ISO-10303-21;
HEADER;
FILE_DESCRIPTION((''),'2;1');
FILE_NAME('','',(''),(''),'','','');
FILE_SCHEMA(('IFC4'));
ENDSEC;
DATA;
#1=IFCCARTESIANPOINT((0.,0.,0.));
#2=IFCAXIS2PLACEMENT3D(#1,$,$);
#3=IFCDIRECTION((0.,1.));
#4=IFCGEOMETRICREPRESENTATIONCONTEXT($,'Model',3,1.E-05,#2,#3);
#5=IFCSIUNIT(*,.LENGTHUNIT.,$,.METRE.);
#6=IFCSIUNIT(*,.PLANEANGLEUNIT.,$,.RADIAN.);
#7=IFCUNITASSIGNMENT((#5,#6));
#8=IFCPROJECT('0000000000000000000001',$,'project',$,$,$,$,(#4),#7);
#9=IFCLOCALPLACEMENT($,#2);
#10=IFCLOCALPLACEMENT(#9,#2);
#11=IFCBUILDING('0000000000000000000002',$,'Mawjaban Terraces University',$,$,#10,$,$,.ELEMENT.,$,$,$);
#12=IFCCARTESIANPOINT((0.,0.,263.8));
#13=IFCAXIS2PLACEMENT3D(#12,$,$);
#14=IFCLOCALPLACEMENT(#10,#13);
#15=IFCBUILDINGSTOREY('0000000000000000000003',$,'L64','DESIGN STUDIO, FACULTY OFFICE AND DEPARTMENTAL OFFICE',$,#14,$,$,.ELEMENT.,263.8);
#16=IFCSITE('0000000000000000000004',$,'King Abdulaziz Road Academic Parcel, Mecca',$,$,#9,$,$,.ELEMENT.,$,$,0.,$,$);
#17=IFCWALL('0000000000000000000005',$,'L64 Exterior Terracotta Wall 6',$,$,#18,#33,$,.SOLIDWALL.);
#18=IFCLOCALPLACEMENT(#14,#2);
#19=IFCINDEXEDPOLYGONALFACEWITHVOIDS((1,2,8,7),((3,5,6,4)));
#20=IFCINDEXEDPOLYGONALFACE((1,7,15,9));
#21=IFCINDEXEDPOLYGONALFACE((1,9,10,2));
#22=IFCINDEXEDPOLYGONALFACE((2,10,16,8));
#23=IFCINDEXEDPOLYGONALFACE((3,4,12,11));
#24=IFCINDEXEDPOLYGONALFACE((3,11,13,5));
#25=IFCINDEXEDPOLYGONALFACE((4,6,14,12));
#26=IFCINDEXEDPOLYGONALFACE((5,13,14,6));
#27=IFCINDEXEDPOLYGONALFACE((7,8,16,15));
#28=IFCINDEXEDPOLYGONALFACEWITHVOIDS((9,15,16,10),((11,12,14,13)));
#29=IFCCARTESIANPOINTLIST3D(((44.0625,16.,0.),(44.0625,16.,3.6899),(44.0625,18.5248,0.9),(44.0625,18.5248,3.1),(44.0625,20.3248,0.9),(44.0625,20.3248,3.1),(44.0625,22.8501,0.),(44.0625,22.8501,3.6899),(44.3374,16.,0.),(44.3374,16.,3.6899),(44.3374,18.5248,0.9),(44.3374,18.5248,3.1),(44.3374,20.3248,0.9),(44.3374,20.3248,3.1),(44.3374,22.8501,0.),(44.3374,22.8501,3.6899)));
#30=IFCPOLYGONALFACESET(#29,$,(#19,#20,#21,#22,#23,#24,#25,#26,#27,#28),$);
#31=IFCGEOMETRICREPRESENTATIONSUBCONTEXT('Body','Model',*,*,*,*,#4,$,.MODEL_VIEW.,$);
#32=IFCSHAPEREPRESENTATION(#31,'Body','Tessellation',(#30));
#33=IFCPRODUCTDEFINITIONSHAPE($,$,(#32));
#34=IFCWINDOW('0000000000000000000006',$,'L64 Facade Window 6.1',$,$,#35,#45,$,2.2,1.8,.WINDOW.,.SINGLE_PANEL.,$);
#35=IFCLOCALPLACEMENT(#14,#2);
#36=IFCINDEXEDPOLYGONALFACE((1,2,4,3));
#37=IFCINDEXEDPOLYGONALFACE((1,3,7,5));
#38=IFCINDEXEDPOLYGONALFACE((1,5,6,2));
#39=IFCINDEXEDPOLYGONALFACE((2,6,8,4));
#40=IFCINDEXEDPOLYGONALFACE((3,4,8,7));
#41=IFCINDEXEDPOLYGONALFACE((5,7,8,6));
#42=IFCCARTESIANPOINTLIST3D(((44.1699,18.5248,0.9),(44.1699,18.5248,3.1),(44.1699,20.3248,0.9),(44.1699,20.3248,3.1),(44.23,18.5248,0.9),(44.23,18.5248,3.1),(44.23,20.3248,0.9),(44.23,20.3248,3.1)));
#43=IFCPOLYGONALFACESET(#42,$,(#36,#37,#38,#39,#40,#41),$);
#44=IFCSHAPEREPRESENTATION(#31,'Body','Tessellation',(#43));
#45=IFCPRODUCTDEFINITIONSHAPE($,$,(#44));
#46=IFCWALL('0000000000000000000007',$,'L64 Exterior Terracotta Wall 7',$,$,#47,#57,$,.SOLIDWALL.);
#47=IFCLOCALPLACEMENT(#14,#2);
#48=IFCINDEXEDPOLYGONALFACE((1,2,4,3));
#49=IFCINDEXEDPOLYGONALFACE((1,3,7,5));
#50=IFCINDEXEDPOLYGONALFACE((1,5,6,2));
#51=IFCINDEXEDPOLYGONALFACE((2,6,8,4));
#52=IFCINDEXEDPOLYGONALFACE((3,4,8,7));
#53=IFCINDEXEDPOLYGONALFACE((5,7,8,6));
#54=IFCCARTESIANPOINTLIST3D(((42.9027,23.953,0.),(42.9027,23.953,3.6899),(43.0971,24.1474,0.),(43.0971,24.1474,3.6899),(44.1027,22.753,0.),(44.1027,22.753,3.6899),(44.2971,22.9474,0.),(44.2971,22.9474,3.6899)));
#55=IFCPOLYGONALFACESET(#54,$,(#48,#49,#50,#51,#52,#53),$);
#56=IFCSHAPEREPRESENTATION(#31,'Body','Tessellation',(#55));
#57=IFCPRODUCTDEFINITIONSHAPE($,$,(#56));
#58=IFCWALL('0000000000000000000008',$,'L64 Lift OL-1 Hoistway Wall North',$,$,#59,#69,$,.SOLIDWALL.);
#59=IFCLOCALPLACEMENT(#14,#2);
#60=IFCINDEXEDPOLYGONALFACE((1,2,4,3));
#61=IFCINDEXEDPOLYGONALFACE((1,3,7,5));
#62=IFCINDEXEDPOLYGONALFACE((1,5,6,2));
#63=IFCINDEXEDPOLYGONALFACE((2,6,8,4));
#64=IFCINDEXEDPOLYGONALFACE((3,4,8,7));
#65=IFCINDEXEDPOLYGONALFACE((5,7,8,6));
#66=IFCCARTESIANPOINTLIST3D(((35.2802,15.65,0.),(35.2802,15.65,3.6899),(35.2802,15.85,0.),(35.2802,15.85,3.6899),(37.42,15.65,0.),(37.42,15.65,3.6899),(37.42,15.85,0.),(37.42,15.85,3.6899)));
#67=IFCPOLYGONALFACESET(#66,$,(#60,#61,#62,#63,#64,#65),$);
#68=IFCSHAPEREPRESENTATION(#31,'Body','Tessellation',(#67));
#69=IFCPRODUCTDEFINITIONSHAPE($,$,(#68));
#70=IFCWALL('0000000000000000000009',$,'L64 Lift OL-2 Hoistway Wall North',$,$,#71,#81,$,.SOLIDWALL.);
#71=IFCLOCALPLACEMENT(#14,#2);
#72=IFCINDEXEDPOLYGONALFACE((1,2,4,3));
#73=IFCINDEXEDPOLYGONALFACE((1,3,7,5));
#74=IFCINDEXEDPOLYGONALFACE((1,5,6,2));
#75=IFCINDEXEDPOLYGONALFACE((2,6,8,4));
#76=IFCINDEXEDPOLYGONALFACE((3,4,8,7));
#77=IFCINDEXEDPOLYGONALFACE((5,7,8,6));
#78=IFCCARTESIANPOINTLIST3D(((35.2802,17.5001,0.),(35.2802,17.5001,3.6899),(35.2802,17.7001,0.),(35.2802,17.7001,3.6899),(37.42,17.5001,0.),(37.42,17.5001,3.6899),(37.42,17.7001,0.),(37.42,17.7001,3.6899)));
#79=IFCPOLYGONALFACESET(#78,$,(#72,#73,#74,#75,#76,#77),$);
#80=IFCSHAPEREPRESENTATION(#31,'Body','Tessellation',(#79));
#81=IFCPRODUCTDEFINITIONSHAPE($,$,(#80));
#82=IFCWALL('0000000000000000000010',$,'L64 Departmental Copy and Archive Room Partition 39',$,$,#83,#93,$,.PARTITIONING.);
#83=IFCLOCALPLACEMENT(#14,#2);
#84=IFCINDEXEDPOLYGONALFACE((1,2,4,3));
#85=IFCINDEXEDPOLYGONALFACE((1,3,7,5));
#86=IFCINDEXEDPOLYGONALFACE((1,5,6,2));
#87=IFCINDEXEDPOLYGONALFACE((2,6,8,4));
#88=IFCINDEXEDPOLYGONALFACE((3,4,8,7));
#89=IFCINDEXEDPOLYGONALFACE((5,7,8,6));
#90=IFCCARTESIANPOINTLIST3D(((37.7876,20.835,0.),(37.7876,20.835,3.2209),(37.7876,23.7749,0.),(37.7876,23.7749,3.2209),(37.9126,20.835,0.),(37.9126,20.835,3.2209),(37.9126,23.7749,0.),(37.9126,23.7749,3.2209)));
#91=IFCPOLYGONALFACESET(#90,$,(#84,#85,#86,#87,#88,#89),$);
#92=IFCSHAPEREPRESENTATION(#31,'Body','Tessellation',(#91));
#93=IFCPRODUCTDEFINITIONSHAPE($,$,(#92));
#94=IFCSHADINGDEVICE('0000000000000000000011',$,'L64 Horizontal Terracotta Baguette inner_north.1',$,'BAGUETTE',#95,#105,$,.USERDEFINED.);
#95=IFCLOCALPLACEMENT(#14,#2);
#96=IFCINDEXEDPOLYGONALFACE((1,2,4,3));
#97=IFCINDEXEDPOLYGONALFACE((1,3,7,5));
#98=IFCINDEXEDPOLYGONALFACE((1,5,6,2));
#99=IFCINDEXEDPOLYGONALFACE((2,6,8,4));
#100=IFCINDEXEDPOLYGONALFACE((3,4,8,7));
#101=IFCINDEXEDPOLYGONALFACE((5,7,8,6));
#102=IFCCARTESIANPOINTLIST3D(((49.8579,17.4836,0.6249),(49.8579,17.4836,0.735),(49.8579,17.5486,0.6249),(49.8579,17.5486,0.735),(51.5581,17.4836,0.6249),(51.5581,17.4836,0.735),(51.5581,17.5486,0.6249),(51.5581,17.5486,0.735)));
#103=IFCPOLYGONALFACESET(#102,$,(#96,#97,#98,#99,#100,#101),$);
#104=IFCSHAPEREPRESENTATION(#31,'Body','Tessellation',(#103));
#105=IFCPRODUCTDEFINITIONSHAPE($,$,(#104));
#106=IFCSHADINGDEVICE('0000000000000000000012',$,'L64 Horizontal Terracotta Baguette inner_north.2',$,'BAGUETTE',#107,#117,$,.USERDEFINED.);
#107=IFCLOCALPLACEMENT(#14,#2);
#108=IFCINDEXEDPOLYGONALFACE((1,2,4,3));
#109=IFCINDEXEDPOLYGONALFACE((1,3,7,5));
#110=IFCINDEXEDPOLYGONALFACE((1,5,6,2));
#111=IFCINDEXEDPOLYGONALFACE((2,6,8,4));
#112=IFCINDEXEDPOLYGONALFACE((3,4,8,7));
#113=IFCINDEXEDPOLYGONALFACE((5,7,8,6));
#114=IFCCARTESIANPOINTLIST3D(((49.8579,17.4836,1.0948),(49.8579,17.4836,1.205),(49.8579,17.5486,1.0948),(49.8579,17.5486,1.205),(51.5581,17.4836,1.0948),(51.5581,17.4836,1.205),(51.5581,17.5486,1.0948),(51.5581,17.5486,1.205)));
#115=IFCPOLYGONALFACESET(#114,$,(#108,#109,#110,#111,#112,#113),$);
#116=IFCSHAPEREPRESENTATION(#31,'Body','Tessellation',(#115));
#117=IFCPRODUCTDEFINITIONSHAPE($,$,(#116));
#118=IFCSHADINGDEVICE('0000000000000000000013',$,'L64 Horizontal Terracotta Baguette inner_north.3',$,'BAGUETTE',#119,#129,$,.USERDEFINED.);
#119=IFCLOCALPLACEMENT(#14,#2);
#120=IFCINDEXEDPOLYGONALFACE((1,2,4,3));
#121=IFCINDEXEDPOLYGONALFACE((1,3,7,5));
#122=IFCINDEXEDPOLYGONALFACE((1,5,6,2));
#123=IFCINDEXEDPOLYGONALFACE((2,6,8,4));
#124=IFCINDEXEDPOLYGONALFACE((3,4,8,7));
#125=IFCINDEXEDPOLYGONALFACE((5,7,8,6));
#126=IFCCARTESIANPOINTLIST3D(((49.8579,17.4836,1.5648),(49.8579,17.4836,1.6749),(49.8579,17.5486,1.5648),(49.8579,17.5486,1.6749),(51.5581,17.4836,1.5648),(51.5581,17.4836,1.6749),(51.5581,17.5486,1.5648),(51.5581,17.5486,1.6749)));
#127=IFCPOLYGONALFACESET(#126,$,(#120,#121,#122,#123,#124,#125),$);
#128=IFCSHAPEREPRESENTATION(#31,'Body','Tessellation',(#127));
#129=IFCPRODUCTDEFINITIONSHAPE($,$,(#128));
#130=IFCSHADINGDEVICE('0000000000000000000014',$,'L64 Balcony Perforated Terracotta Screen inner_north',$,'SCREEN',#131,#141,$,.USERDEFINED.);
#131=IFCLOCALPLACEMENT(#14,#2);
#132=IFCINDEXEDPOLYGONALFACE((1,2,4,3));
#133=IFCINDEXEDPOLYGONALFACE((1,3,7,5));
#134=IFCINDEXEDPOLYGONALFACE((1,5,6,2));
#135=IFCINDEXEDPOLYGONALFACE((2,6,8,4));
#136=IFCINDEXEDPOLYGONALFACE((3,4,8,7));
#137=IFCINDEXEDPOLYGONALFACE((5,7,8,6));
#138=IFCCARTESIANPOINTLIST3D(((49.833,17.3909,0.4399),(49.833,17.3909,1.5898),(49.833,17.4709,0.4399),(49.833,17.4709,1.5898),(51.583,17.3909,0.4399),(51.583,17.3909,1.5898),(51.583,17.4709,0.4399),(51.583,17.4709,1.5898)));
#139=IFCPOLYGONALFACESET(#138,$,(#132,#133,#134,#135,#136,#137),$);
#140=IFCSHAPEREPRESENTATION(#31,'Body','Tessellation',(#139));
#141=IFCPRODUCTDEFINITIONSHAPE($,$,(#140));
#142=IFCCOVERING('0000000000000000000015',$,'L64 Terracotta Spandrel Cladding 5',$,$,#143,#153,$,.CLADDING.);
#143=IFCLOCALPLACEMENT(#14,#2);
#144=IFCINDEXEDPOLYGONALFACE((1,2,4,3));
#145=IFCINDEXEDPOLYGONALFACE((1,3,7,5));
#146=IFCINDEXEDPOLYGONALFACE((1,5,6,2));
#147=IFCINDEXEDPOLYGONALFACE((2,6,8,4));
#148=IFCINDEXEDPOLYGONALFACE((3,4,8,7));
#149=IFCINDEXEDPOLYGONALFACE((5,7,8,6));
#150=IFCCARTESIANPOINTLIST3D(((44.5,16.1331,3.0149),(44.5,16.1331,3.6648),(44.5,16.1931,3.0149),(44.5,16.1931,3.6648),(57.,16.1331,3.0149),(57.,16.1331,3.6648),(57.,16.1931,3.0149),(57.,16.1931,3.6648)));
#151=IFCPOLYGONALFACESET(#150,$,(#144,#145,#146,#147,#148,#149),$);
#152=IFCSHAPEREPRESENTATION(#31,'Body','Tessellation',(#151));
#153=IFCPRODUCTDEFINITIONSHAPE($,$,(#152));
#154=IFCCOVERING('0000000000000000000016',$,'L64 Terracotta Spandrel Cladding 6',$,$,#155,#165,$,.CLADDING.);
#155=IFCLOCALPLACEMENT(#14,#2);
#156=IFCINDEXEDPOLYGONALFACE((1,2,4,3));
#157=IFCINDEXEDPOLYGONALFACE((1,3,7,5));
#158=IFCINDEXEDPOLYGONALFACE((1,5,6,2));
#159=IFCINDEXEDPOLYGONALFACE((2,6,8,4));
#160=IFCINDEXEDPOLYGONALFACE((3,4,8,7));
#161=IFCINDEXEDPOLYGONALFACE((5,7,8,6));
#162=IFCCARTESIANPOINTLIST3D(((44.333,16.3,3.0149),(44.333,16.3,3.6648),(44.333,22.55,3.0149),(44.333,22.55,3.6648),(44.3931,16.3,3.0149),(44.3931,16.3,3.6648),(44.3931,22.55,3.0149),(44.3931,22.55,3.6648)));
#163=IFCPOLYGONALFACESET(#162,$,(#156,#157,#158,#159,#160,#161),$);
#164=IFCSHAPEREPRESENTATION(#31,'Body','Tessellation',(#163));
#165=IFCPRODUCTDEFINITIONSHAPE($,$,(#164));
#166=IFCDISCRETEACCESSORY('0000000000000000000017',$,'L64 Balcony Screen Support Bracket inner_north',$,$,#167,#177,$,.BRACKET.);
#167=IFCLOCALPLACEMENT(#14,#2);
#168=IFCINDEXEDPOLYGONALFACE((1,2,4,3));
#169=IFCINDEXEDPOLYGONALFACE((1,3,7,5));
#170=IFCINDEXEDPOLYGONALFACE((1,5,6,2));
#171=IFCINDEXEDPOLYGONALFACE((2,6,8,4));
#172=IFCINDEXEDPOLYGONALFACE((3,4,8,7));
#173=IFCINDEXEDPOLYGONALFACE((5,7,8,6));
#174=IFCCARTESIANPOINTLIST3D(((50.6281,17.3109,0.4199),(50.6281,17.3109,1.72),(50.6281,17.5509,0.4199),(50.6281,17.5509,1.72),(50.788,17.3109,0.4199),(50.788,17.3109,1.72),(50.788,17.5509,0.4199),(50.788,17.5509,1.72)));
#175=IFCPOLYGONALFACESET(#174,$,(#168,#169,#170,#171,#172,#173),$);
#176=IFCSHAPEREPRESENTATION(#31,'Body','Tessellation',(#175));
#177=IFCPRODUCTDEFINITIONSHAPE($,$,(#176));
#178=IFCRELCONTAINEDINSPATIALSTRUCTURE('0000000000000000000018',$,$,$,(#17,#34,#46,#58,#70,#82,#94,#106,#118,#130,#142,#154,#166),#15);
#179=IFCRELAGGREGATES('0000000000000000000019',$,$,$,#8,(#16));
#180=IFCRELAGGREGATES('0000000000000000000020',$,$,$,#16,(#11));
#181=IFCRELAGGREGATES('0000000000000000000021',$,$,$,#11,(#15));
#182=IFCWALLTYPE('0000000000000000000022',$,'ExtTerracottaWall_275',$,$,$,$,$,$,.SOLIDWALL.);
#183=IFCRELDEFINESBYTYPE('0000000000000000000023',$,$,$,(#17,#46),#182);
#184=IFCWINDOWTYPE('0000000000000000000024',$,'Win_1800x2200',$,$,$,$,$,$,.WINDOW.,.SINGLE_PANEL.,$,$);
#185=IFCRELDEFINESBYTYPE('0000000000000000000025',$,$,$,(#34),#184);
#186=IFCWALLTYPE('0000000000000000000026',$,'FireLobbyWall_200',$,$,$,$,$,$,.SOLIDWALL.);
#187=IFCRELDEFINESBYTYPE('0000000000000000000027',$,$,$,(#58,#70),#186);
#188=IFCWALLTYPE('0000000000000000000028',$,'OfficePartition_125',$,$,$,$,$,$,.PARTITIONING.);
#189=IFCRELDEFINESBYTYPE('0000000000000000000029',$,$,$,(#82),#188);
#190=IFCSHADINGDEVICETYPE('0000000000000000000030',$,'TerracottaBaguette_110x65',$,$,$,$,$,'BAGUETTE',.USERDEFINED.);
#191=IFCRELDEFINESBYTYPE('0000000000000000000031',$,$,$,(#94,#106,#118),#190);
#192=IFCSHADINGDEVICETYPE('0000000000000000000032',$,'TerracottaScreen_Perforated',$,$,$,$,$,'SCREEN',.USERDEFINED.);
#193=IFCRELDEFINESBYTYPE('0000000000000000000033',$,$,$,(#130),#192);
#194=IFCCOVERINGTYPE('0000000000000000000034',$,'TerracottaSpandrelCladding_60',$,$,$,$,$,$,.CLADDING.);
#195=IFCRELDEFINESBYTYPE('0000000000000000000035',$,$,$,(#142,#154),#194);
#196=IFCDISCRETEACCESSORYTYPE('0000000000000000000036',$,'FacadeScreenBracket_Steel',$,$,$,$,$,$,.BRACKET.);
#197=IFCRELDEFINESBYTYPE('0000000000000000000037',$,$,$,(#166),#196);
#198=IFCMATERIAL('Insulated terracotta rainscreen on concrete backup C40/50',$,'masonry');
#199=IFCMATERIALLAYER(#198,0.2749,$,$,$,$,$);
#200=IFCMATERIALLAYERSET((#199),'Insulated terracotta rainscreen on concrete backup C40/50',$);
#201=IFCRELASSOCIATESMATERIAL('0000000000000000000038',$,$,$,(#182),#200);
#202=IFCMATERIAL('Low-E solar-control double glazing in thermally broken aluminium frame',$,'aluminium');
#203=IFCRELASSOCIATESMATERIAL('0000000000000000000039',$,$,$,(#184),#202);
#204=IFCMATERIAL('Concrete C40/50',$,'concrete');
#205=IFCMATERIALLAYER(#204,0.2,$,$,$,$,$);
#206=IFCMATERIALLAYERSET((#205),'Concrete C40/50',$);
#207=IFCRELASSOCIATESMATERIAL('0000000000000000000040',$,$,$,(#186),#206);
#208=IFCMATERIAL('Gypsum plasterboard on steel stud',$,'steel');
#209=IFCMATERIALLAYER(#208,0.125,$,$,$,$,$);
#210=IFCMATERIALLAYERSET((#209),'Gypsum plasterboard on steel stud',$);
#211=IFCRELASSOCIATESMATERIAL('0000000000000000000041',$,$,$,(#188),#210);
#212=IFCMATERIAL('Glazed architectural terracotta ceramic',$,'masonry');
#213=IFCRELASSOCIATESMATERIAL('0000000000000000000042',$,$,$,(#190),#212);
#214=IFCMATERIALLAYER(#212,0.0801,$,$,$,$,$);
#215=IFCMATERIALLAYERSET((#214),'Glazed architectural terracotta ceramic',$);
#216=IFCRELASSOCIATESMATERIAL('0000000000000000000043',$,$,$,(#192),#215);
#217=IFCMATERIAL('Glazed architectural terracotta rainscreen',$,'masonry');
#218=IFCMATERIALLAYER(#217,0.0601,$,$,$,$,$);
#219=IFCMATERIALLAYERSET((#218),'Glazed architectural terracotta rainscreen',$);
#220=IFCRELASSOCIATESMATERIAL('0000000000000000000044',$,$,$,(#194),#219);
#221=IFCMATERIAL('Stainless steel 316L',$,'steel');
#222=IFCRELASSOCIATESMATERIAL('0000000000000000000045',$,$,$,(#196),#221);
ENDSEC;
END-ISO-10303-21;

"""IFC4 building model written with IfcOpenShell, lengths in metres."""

from ifc_helpers import new_model, si_unit, direction, frame, frame_2d, origin, origin_2d, place, context, subcontext, project, spatial, rectangle, extrude, material, layer, layer_set, material_profile, profile_set, type_object, element, fill, save


model = new_model("IFC4")

# Units and contexts
model_context = context("Model", 3, precision=1e-05, world=origin(), true_north=direction((0.0, 1.0)))
body_context = subcontext(model_context, "Body", "Model", "MODEL_VIEW")
ifc_project = project(units=[si_unit("LENGTHUNIT", "METRE"), si_unit("PLANEANGLEUNIT", "RADIAN")], contexts=[model_context])

# Site, building, storey
site_placement = place(None, origin())
site = spatial("IfcSite", under=ifc_project, at=site_placement, Name="King Abdulaziz Road Academic Parcel, Mecca", CompositionType="ELEMENT", RefElevation=0.0)
building_placement = place(site_placement, origin())
building = spatial("IfcBuilding", under=site, at=building_placement, Name="Mawjaban Terraces University", CompositionType="ELEMENT")
storey_placement = place(building_placement, frame((0.0, 0.0, 263.8)))
storey = spatial("IfcBuildingStorey", under=building, at=storey_placement, Name="L64", Description="DESIGN STUDIO, FACULTY OFFICE AND DEPARTMENTAL OFFICE", CompositionType="ELEMENT", Elevation=263.8)

# Shared definitions
ifc_material_1 = material(Name="Insulated terracotta rainscreen on concrete backup C40/50", Category="masonry")
ifc_layer_1 = layer(ifc_material_1, 0.2749)
ifc_layer_set_1 = layer_set([ifc_layer_1], Name="Insulated terracotta rainscreen on concrete backup C40/50")
wall_type_1 = type_object("IfcWallType", Name="ExtTerracottaWall_275", PredefinedType="SOLIDWALL", material=ifc_layer_set_1)
ifc_material_2 = material(Name="Low-E solar-control double glazing in thermally broken aluminium frame", Category="aluminium")

# Wall, opening, window
wall_1_placement = place(storey_placement, frame((44.2, 16.0, 0.0), z_axis=(0.0, 0.0, 1.0), x_axis=(0.0, 1.0, 0.0)))
wall_1 = element("IfcWall", 1, at=wall_1_placement, inside=storey, type_object=wall_type_1, Name="L64 Exterior Terracotta Wall 6", PredefinedType="SOLIDWALL", context=body_context, shape_type="SweptSolid", body=[
    extrude(rectangle(XDim=6.8501, YDim=0.2749, at=frame_2d((3.425, 0.0))), origin(), (0.0, 0.0, 1.0), 3.6899),
])
opening_1_placement = place(wall_1_placement, frame((2.5249, 0.0, 0.8999)))
opening_1 = element("IfcOpeningElement", 2, at=opening_1_placement, cuts=wall_1, PredefinedType="OPENING", context=body_context, shape_type="SweptSolid", body=[
    extrude(rectangle(XDim=1.8, YDim=2.2, at=frame_2d((0.8999, 1.1001))), frame((0.0, 0.1475, 0.0), z_axis=(0.0, -1.0, 0.0), x_axis=(1.0, 0.0, 0.0)), (0.0, 0.0, 1.0), 0.2949),
])
window_type_1 = type_object("IfcWindowType", Name="Win_1800x2200", PartitioningType="SINGLE_PANEL", PredefinedType="WINDOW", material=ifc_material_2)
window_1_placement = place(opening_1_placement, origin())
window_1 = element("IfcWindow", 3, at=window_1_placement, inside=storey, type_object=window_type_1, Name="L64 Facade Window 6.1", OverallHeight=2.2, OverallWidth=1.8, PartitioningType="SINGLE_PANEL", PredefinedType="WINDOW", context=body_context, shape_type="SweptSolid", body=[
    extrude(rectangle(XDim=1.8, YDim=2.2, at=frame_2d((0.8999, 1.1001))), frame((0.0, 0.03, 0.0), z_axis=(0.0, -1.0, 0.0), x_axis=(1.0, 0.0, 0.0)), (0.0, 0.0, 1.0), 0.0601),
])
fill(opening_1, window_1)

# Walls
wall_2_placement = place(storey_placement, frame((44.2, 22.8501, 0.0), z_axis=(0.0, 0.0, 1.0), x_axis=(-0.707107, 0.707107, 0.0)))
element("IfcWall", 4, at=wall_2_placement, inside=storey, type_object=wall_type_1, Name="L64 Exterior Terracotta Wall 7", PredefinedType="SOLIDWALL", context=body_context, shape_type="SweptSolid", body=[
    extrude(rectangle(XDim=1.697, YDim=0.2749, at=frame_2d((0.8486, 0.0))), origin(), (0.0, 0.0, 1.0), 3.6899),
])
ifc_material_3 = material(Name="Concrete C40/50", Category="concrete")
ifc_layer_2 = layer(ifc_material_3, 0.2)
ifc_layer_set_2 = layer_set([ifc_layer_2], Name="Concrete C40/50")
wall_type_2 = type_object("IfcWallType", Name="FireLobbyWall_200", PredefinedType="SOLIDWALL", material=ifc_layer_set_2)
for number, where, z_axis, x_axis, name in (
    (5, (37.4199, 15.75, 0.0), (0.0, 0.0, 1.0), (-1.0, 0.0, 0.0), "L64 Lift OL-1 Hoistway Wall North"),
    (6, (37.4199, 17.6001, 0.0), (0.0, 0.0, 1.0), (-1.0, 0.0, 0.0), "L64 Lift OL-2 Hoistway Wall North"),
):
    element("IfcWall", number, at=place(storey_placement, frame(where, z_axis=z_axis, x_axis=x_axis)), inside=storey, type_object=wall_type_2, Name=name, PredefinedType="SOLIDWALL", context=body_context, shape_type="SweptSolid", body=[
        extrude(rectangle(XDim=2.1399, YDim=0.2, at=frame_2d((1.0698, 0.0))), origin(), (0.0, 0.0, 1.0), 3.6899),
    ])
ifc_material_4 = material(Name="Gypsum plasterboard on steel stud", Category="steel")
ifc_layer_3 = layer(ifc_material_4, 0.125)
ifc_layer_set_3 = layer_set([ifc_layer_3], Name="Gypsum plasterboard on steel stud")
wall_type_3 = type_object("IfcWallType", Name="OfficePartition_125", PredefinedType="PARTITIONING", material=ifc_layer_set_3)
wall_3_placement = place(storey_placement, frame((37.8501, 20.835, 0.0), z_axis=(0.0, 0.0, 1.0), x_axis=(0.0, 1.0, 0.0)))
element("IfcWall", 7, at=wall_3_placement, inside=storey, type_object=wall_type_3, Name="L64 Departmental Copy and Archive Room Partition 39", PredefinedType="PARTITIONING", context=body_context, shape_type="SweptSolid", body=[
    extrude(rectangle(XDim=2.9399, YDim=0.125, at=frame_2d((1.47, 0.0))), origin(), (0.0, 0.0, 1.0), 3.2209),
])

# Shading devices
ifc_material_5 = material(Name="Glazed architectural terracotta ceramic", Category="masonry")
ifc_material_profile_1 = material_profile(ifc_material_5, rectangle(XDim=0.0649, YDim=0.1101, at=origin_2d()), Name="TBAG110X65")
ifc_profile_set_1 = profile_set([ifc_material_profile_1], Name="Glazed architectural terracotta ceramic")
shading_device_type_1 = type_object("IfcShadingDeviceType", Name="TerracottaBaguette_110x65", ElementType="BAGUETTE", PredefinedType="USERDEFINED", material=ifc_profile_set_1)
for number, where, z_axis, x_axis, name in (
    (8, (49.8579, 17.5161, 0.6799), (1.0, 0.0, 0.0), (0.0, 1.0, 0.0), "L64 Horizontal Terracotta Baguette inner_north.1"),
    (9, (49.8579, 17.5161, 1.1499), (1.0, 0.0, 0.0), (0.0, 1.0, 0.0), "L64 Horizontal Terracotta Baguette inner_north.2"),
    (10, (49.8579, 17.5161, 1.6199), (1.0, 0.0, 0.0), (0.0, 1.0, 0.0), "L64 Horizontal Terracotta Baguette inner_north.3"),
):
    element("IfcShadingDevice", number, at=place(storey_placement, frame(where, z_axis=z_axis, x_axis=x_axis)), inside=storey, type_object=shading_device_type_1, Name=name, ObjectType="BAGUETTE", PredefinedType="USERDEFINED", context=body_context, shape_type="SweptSolid", body=[
        extrude(rectangle(XDim=0.0649, YDim=0.1101, at=origin_2d()), origin(), (0.0, 0.0, 1.0), 1.7002),
    ])
ifc_layer_4 = layer(ifc_material_5, 0.0801)
ifc_layer_set_4 = layer_set([ifc_layer_4], Name="Glazed architectural terracotta ceramic")
shading_device_type_2 = type_object("IfcShadingDeviceType", Name="TerracottaScreen_Perforated", ElementType="SCREEN", PredefinedType="USERDEFINED", material=ifc_layer_set_4)
shading_device_placement = place(storey_placement, frame((50.708, 17.4309, 0.4399), z_axis=(0.0, 0.0, 1.0), x_axis=(1.0, 0.0, 0.0)))
element("IfcShadingDevice", 11, at=shading_device_placement, inside=storey, type_object=shading_device_type_2, Name="L64 Balcony Perforated Terracotta Screen inner_north", ObjectType="SCREEN", PredefinedType="USERDEFINED", context=body_context, shape_type="SweptSolid", body=[
    extrude(rectangle(XDim=1.75, YDim=0.0801, at=origin_2d()), origin(), (0.0, 0.0, 1.0), 1.1499),
])

# Coverings
ifc_material_6 = material(Name="Glazed architectural terracotta rainscreen", Category="masonry")
ifc_layer_5 = layer(ifc_material_6, 0.0601)
ifc_layer_set_5 = layer_set([ifc_layer_5], Name="Glazed architectural terracotta rainscreen")
covering_type = type_object("IfcCoveringType", Name="TerracottaSpandrelCladding_60", PredefinedType="CLADDING", material=ifc_layer_set_5)
covering_1_placement = place(storey_placement, frame((50.75, 16.1631, 3.0149), z_axis=(0.0, 0.0, 1.0), x_axis=(-1.0, 0.0, 0.0)))
element("IfcCovering", 12, at=covering_1_placement, inside=storey, type_object=covering_type, Name="L64 Terracotta Spandrel Cladding 5", PredefinedType="CLADDING", context=body_context, shape_type="SweptSolid", body=[
    extrude(rectangle(XDim=12.5, YDim=0.0601, at=origin_2d()), origin(), (0.0, 0.0, 1.0), 0.6499),
])
covering_2_placement = place(storey_placement, frame((44.363, 19.425, 3.0149), z_axis=(0.0, 0.0, 1.0), x_axis=(0.0, 1.0, 0.0)))
element("IfcCovering", 13, at=covering_2_placement, inside=storey, type_object=covering_type, Name="L64 Terracotta Spandrel Cladding 6", PredefinedType="CLADDING", context=body_context, shape_type="SweptSolid", body=[
    extrude(rectangle(XDim=6.25, YDim=0.0601, at=origin_2d()), origin(), (0.0, 0.0, 1.0), 0.6499),
])

# Discrete accessory
ifc_material_7 = material(Name="Stainless steel 316L", Category="steel")
discrete_accessory_type_1 = type_object("IfcDiscreteAccessoryType", Name="FacadeScreenBracket_Steel", PredefinedType="BRACKET", material=ifc_material_7)
discrete_accessory_1_placement = place(storey_placement, frame((50.708, 17.4309, 0.4199), z_axis=(0.0, 0.0, 1.0), x_axis=(1.0, 0.0, 0.0)))
element("IfcDiscreteAccessory", 14, at=discrete_accessory_1_placement, inside=storey, type_object=discrete_accessory_type_1, Name="L64 Balcony Screen Support Bracket inner_north", PredefinedType="BRACKET", context=body_context, shape_type="SweptSolid", body=[
    extrude(rectangle(XDim=0.1599, YDim=0.24, at=origin_2d()), origin(), (0.0, 0.0, 1.0), 1.3),
])

save(model, "model.ifc")
